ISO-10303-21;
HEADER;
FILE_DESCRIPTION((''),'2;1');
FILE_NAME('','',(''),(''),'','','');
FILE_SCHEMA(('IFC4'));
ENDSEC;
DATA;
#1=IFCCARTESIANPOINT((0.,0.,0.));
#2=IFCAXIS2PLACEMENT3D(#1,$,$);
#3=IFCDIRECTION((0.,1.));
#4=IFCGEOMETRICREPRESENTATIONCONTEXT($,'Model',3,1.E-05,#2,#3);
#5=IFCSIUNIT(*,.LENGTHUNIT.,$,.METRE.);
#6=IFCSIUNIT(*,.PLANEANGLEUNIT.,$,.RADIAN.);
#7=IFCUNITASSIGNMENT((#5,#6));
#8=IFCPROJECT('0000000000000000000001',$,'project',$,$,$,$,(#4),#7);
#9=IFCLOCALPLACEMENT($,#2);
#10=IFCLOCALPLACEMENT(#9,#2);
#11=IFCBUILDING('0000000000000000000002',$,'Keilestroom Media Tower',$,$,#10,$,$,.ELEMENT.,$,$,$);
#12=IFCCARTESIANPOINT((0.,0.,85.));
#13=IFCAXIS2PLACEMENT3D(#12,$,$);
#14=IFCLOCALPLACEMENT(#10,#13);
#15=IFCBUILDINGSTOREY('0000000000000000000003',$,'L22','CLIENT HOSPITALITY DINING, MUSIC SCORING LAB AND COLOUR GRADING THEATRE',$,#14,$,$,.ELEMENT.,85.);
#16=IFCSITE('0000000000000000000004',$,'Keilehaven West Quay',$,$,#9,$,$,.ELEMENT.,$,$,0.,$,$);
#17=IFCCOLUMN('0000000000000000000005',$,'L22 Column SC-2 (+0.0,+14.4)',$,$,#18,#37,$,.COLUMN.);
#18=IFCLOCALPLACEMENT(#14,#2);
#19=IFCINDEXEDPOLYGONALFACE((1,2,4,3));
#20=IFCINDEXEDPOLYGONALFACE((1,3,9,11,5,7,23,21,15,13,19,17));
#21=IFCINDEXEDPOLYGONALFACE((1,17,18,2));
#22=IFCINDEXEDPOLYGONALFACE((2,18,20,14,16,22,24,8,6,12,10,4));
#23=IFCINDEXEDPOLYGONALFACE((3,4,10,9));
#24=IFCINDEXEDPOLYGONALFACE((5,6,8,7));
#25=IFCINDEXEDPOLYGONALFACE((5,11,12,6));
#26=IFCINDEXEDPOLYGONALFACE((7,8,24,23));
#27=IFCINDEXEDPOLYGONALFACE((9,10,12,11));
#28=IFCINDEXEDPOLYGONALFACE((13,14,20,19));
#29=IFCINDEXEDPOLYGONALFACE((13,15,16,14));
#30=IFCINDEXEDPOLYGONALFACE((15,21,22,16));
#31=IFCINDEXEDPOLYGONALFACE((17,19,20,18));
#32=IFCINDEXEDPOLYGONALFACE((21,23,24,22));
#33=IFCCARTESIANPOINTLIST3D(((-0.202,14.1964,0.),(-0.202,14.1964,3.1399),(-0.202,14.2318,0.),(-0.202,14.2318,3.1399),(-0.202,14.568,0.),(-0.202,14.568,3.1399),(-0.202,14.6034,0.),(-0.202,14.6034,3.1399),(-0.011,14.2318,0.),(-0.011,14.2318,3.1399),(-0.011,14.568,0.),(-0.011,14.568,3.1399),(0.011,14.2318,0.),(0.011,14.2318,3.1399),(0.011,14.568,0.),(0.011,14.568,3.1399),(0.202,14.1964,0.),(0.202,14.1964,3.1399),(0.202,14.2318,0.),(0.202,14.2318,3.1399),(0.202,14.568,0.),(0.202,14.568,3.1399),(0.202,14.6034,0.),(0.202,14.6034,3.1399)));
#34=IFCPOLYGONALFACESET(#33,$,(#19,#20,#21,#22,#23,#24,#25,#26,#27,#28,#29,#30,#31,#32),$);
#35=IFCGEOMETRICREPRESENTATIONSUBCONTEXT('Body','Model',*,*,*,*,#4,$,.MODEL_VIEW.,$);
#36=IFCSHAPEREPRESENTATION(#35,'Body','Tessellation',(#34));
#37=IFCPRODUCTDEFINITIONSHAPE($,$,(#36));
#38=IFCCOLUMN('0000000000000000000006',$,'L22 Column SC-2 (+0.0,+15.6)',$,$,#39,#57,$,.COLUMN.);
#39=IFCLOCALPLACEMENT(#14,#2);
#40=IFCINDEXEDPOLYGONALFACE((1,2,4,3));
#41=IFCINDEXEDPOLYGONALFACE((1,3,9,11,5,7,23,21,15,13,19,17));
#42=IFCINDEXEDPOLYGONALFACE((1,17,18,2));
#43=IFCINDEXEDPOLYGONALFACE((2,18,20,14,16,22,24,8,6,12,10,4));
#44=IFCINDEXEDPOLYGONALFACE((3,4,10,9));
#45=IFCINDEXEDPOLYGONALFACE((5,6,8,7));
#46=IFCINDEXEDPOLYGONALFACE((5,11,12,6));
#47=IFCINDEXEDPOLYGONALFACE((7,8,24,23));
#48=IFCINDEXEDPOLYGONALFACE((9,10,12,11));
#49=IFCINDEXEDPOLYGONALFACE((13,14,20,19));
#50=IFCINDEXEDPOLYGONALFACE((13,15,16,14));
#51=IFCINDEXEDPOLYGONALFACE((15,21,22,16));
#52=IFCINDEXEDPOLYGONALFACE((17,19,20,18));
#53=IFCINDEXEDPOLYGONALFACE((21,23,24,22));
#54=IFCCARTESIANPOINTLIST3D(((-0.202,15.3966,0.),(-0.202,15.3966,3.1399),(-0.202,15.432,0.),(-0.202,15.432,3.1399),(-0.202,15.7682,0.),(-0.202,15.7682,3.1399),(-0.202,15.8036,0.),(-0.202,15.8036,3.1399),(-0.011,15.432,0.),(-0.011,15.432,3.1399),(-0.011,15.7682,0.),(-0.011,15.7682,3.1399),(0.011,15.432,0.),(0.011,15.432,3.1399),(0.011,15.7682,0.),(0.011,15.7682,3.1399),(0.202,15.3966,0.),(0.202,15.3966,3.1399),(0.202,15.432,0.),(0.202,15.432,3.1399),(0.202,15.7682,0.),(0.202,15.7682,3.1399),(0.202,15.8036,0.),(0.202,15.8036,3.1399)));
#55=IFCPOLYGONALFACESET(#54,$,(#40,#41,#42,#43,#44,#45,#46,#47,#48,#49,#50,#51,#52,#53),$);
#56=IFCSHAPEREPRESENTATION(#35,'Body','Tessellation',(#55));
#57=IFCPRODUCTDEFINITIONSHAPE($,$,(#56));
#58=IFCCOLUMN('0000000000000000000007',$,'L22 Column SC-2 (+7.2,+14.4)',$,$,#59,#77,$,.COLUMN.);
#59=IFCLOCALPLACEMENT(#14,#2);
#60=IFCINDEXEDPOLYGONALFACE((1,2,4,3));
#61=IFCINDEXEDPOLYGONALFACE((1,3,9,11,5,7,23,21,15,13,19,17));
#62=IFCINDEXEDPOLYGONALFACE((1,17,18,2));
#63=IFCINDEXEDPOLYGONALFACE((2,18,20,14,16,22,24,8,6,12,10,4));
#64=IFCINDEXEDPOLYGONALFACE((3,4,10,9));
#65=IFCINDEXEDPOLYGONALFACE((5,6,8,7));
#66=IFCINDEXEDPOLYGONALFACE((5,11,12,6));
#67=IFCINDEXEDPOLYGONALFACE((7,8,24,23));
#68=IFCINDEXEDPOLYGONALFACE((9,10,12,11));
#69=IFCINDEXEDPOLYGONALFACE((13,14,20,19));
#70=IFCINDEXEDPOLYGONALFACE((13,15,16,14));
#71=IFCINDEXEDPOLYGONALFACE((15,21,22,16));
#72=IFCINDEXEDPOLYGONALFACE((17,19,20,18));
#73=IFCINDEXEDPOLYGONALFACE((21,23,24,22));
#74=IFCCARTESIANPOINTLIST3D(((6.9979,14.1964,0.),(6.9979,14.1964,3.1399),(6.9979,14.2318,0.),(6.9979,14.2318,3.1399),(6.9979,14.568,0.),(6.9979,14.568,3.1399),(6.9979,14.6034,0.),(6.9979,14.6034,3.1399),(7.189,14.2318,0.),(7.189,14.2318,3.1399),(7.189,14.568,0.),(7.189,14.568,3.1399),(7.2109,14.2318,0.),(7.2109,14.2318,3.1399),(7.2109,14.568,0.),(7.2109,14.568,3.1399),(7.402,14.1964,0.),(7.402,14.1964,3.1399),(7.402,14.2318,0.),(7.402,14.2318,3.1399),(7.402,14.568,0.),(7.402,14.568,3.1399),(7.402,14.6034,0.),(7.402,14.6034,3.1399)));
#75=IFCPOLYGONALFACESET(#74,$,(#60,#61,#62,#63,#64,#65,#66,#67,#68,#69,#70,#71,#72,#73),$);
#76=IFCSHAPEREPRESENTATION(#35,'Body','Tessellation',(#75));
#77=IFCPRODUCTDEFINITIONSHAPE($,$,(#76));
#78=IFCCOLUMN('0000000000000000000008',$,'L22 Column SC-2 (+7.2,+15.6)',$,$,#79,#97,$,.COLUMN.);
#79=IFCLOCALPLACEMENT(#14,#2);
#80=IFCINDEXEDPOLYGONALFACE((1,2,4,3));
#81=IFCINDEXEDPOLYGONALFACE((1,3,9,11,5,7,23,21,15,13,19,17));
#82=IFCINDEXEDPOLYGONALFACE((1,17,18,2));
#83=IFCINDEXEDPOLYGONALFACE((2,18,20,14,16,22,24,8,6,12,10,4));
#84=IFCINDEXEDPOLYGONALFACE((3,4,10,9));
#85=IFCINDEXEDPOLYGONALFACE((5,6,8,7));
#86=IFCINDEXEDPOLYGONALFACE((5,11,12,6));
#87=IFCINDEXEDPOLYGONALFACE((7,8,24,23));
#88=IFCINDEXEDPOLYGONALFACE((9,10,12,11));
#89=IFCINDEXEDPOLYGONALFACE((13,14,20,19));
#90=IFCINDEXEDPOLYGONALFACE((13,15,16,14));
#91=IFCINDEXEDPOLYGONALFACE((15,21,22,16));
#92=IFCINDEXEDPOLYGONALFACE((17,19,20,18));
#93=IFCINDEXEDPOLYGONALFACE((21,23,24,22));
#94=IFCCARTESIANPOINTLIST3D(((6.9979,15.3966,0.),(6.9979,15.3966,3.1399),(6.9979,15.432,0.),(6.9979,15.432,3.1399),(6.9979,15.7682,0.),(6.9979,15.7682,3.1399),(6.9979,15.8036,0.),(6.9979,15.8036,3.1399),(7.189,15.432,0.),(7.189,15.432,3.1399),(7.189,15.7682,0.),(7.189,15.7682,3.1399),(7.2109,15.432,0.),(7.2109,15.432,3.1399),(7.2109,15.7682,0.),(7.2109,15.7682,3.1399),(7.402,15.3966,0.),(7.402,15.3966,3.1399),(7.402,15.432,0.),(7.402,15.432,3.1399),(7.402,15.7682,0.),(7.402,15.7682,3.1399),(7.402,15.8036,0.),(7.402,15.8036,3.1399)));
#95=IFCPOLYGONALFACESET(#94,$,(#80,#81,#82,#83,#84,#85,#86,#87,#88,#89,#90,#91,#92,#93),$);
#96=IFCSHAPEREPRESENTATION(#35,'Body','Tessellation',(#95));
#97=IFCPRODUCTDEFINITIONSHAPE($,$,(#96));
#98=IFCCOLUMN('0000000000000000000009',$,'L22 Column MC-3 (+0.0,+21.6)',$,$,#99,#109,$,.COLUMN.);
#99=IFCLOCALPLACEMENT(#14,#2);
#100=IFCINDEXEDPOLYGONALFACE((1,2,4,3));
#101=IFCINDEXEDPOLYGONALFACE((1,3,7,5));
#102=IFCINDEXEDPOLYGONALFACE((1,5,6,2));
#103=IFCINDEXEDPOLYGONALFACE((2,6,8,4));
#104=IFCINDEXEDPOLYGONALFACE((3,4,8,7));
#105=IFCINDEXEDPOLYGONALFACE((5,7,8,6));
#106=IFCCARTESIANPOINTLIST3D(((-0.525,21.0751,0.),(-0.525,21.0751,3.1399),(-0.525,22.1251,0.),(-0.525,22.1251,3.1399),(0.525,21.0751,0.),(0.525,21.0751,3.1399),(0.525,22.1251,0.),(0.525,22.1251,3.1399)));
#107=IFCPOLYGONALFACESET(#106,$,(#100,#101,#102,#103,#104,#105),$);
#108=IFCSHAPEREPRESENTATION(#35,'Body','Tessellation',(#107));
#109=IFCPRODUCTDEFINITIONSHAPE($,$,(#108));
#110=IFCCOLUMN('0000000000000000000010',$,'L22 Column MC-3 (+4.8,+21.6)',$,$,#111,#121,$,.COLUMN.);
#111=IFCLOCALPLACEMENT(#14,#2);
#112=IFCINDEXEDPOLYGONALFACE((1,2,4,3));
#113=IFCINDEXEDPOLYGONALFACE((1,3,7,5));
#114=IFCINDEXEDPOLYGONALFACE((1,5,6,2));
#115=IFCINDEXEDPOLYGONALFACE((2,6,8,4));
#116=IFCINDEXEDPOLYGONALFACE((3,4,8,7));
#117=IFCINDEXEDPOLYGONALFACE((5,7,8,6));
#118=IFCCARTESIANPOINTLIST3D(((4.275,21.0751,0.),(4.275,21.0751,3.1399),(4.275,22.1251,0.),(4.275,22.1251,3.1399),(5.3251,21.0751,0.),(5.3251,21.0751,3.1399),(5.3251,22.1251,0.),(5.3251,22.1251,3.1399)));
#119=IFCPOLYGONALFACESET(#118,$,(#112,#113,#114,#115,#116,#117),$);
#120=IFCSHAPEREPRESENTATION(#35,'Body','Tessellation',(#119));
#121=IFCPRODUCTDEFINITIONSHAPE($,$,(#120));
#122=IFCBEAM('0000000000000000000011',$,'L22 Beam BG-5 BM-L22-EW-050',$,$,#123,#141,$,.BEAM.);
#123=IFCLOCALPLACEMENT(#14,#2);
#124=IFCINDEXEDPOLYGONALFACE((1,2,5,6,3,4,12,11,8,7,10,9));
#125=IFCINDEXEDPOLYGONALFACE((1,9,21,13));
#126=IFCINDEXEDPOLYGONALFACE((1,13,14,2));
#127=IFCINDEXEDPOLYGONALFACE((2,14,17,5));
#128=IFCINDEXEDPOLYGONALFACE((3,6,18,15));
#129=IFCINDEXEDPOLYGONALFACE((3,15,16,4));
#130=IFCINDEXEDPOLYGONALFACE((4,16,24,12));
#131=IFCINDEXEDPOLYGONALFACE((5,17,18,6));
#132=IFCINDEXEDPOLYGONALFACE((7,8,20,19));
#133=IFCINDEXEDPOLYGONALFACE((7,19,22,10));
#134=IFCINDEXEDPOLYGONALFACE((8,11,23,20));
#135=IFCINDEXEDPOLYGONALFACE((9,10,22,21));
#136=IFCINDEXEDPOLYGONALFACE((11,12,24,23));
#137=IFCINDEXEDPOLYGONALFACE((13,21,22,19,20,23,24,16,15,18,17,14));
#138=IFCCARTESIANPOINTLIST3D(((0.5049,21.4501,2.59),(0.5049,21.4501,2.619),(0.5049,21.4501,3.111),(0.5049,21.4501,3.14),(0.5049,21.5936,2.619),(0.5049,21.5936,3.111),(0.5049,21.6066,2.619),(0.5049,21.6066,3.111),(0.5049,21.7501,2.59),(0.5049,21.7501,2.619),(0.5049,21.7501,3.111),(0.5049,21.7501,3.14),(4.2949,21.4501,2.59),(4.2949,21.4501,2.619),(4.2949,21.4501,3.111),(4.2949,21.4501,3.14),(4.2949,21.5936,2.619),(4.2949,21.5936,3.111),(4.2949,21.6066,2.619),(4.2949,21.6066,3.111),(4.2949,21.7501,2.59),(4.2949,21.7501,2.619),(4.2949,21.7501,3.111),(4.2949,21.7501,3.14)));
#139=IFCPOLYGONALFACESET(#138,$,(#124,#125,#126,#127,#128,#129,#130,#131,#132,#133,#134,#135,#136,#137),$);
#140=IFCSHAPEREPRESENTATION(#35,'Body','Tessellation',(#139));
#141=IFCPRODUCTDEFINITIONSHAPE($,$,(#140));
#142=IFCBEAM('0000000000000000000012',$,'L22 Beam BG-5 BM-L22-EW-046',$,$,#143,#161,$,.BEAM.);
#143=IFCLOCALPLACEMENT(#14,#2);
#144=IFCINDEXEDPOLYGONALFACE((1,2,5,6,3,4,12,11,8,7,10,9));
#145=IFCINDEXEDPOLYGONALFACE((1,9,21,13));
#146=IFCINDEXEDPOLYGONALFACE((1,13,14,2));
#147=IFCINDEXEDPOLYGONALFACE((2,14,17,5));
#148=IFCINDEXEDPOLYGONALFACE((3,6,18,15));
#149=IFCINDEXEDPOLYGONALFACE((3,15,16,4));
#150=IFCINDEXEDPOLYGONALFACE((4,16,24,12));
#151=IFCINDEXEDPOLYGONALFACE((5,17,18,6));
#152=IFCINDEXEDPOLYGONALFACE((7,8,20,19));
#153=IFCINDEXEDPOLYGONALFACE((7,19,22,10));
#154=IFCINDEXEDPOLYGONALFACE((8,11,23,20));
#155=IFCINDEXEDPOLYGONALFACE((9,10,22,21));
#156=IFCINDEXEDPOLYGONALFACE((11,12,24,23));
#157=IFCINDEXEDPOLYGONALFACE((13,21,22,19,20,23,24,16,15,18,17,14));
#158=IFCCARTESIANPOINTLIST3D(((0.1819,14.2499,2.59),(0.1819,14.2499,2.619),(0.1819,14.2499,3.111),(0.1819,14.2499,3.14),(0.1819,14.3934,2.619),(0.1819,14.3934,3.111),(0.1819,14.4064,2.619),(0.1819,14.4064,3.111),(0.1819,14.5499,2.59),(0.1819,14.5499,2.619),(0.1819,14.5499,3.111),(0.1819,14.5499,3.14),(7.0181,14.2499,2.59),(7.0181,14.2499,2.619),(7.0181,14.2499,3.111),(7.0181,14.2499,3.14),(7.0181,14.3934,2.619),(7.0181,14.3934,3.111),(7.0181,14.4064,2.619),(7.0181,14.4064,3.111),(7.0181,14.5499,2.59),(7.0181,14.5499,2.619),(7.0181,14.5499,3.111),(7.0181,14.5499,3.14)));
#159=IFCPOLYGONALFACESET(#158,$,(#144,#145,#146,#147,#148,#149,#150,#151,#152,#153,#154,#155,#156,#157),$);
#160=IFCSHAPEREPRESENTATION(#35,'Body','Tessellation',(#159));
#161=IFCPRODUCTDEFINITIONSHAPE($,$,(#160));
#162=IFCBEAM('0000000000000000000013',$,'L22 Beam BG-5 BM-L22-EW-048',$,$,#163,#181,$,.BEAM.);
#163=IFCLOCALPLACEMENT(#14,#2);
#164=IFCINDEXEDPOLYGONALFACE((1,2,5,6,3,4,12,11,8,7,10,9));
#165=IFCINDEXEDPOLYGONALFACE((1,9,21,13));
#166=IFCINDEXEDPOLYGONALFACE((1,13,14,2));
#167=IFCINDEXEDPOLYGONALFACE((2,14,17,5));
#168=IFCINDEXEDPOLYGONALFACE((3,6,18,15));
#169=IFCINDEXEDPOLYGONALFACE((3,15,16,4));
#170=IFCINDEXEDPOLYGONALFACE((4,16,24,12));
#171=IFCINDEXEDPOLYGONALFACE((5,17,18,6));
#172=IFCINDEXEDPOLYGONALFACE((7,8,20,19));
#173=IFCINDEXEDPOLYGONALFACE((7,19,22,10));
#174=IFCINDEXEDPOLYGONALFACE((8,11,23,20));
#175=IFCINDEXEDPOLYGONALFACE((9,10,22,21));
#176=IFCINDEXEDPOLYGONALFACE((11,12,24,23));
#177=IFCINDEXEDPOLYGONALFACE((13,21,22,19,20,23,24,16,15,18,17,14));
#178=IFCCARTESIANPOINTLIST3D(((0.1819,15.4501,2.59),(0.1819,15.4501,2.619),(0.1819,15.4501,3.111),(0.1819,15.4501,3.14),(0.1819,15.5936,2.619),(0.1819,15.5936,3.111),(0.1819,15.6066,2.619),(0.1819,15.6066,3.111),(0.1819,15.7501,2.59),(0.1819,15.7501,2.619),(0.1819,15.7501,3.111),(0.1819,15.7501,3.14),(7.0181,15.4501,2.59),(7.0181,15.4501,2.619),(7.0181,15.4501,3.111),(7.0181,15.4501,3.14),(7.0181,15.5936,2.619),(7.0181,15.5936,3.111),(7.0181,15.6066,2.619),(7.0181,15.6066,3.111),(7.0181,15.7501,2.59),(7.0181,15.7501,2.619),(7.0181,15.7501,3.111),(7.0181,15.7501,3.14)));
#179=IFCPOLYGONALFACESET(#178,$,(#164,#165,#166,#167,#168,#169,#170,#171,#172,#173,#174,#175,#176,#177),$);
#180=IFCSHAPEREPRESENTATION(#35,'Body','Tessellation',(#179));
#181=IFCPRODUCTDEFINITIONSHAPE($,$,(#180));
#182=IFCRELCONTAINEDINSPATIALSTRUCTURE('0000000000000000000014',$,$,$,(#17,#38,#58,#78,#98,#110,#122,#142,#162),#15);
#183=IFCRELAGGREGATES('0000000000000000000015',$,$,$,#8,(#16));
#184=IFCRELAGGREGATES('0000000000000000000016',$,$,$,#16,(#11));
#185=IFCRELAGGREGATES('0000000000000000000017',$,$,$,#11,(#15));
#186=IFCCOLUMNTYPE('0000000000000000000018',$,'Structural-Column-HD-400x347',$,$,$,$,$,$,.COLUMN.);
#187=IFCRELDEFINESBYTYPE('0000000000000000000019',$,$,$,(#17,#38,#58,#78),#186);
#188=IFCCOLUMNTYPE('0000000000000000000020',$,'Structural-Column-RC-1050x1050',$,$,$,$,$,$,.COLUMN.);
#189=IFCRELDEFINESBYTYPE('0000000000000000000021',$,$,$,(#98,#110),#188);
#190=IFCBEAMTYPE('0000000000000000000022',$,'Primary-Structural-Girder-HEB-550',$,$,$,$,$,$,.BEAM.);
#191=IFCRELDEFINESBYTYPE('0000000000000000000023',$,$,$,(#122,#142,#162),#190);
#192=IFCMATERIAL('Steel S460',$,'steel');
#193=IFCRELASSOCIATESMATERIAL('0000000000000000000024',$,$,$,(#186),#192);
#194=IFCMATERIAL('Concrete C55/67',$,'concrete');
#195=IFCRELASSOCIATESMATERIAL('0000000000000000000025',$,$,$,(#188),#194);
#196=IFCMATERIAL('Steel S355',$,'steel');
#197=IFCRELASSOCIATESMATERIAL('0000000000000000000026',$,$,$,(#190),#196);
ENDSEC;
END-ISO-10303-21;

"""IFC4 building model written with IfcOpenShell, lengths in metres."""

from ifc_helpers import new_model, si_unit, direction, frame, origin, origin_2d, place, context, subcontext, project, spatial, rectangle, i_section, extrude, source, transform, mapped, material, material_profile, profile_set, type_object, element, save


model = new_model("IFC4")

# Units and contexts
model_context = context("Model", 3, precision=1e-05, world=origin(), true_north=direction((0.0, 1.0)))
body_context = subcontext(model_context, "Body", "Model", "MODEL_VIEW")
ifc_project = project(units=[si_unit("LENGTHUNIT", "METRE"), si_unit("PLANEANGLEUNIT", "RADIAN")], contexts=[model_context])

# Site, building, storey
site_placement = place(None, origin())
site = spatial("IfcSite", under=ifc_project, at=site_placement, Name="Keilehaven West Quay", CompositionType="ELEMENT", RefElevation=0.0)
building_placement = place(site_placement, origin())
building = spatial("IfcBuilding", under=site, at=building_placement, Name="Keilestroom Media Tower", CompositionType="ELEMENT")
storey_placement = place(building_placement, frame((0.0, 0.0, 85.0)))
storey = spatial("IfcBuildingStorey", under=building, at=storey_placement, Name="L22", Description="CLIENT HOSPITALITY DINING, MUSIC SCORING LAB AND COLOUR GRADING THEATRE", CompositionType="ELEMENT", Elevation=85.0)

# Columns
ifc_material_1 = material(Name="Steel S460", Category="steel")
ifc_material_profile_1 = material_profile(ifc_material_1, i_section(OverallWidth=0.4041, OverallDepth=0.407, WebThickness=0.022, FlangeThickness=0.0354, at=origin_2d()), Name="HD 400x347")
ifc_profile_set_1 = profile_set([ifc_material_profile_1], Name="Steel S460")
column_type_1 = type_object("IfcColumnType", Name="Structural-Column-HD-400x347", PredefinedType="COLUMN", material=ifc_profile_set_1)
shared_shape_1 = source(origin(), body_context, "Body", "SweptSolid", [
    extrude(i_section(OverallWidth=0.4041, OverallDepth=0.407, WebThickness=0.022, FlangeThickness=0.0354, at=origin_2d()), origin(), (0.0, 0.0, 1.0), 3.1399),
])
for number, where, z_axis, x_axis, name in (
    (1, (0.0, 14.3999, 0.0), (0.0, 0.0, 1.0), (1.0, 0.0, 0.0), "L22 Column SC-2 (+0.0,+14.4)"),
    (2, (0.0, 15.6001, 0.0), (0.0, 0.0, 1.0), (1.0, 0.0, 0.0), "L22 Column SC-2 (+0.0,+15.6)"),
    (3, (7.2, 14.3999, 0.0), (0.0, 0.0, 1.0), (1.0, 0.0, 0.0), "L22 Column SC-2 (+7.2,+14.4)"),
    (4, (7.2, 15.6001, 0.0), (0.0, 0.0, 1.0), (1.0, 0.0, 0.0), "L22 Column SC-2 (+7.2,+15.6)"),
):
    element("IfcColumn", number, at=place(storey_placement, frame(where, z_axis=z_axis, x_axis=x_axis)), inside=storey, type_object=column_type_1, Name=name, PredefinedType="COLUMN", context=body_context, shape_type="MappedRepresentation", body=[
        mapped(shared_shape_1, transform((0.0, 0.0, 0.0), x_axis=(1.0, 0.0, 0.0), y_axis=(0.0, 1.0, 0.0), z_axis=(0.0, 0.0, 1.0), scale=1.0)),
    ])
ifc_material_2 = material(Name="Concrete C55/67", Category="concrete")
ifc_material_profile_2 = material_profile(ifc_material_2, rectangle(XDim=1.05, YDim=1.05, at=origin_2d()), Name="RC 1050x1050")
ifc_profile_set_2 = profile_set([ifc_material_profile_2], Name="Concrete C55/67")
column_type_2 = type_object("IfcColumnType", Name="Structural-Column-RC-1050x1050", PredefinedType="COLUMN", material=ifc_profile_set_2)
shared_shape_2 = source(origin(), body_context, "Body", "SweptSolid", [
    extrude(rectangle(XDim=1.05, YDim=1.05, at=origin_2d()), origin(), (0.0, 0.0, 1.0), 3.1399),
])
for number, where, z_axis, x_axis, name in (
    (5, (0.0, 21.6001, 0.0), (0.0, 0.0, 1.0), (1.0, 0.0, 0.0), "L22 Column MC-3 (+0.0,+21.6)"),
    (6, (4.8, 21.6001, 0.0), (0.0, 0.0, 1.0), (1.0, 0.0, 0.0), "L22 Column MC-3 (+4.8,+21.6)"),
):
    element("IfcColumn", number, at=place(storey_placement, frame(where, z_axis=z_axis, x_axis=x_axis)), inside=storey, type_object=column_type_2, Name=name, PredefinedType="COLUMN", context=body_context, shape_type="MappedRepresentation", body=[
        mapped(shared_shape_2, transform((0.0, 0.0, 0.0), x_axis=(1.0, 0.0, 0.0), y_axis=(0.0, 1.0, 0.0), z_axis=(0.0, 0.0, 1.0), scale=1.0)),
    ])

# Beams
ifc_material_3 = material(Name="Steel S355", Category="steel")
ifc_material_profile_3 = material_profile(ifc_material_3, i_section(OverallWidth=0.3, OverallDepth=0.55, WebThickness=0.0129, FlangeThickness=0.0291, at=origin_2d()), Name="HEB 550")
ifc_profile_set_3 = profile_set([ifc_material_profile_3], Name="Steel S355")
beam_type_1 = type_object("IfcBeamType", Name="Primary-Structural-Girder-HEB-550", PredefinedType="BEAM", material=ifc_profile_set_3)
shared_shape_3 = source(origin(), body_context, "Body", "SweptSolid", [
    extrude(i_section(OverallWidth=0.3, OverallDepth=0.55, WebThickness=0.0129, FlangeThickness=0.0291, at=origin_2d()), origin(), (0.0, 0.0, 1.0), 3.79),
])
beam_1_placement = place(storey_placement, frame((0.5049, 21.6001, 2.865), z_axis=(1.0, 0.0, 0.0), x_axis=(0.0, 1.0, 0.0)))
element("IfcBeam", 7, at=beam_1_placement, inside=storey, type_object=beam_type_1, Name="L22 Beam BG-5 BM-L22-EW-050", PredefinedType="BEAM", context=body_context, shape_type="MappedRepresentation", body=[
    mapped(shared_shape_3, transform((0.0, 0.0, 0.0), x_axis=(1.0, 0.0, 0.0), y_axis=(0.0, 1.0, 0.0), z_axis=(0.0, 0.0, 1.0), scale=1.0)),
])
shared_shape_4 = source(origin(), body_context, "Body", "SweptSolid", [
    extrude(i_section(OverallWidth=0.3, OverallDepth=0.55, WebThickness=0.0129, FlangeThickness=0.0291, at=origin_2d()), origin(), (0.0, 0.0, 1.0), 6.8362),
])
for number, where, z_axis, x_axis, name in (
    (8, (0.1819, 14.3999, 2.865), (1.0, 0.0, 0.0), (0.0, 1.0, 0.0), "L22 Beam BG-5 BM-L22-EW-046"),
    (9, (0.1819, 15.6001, 2.865), (1.0, 0.0, 0.0), (0.0, 1.0, 0.0), "L22 Beam BG-5 BM-L22-EW-048"),
):
    element("IfcBeam", number, at=place(storey_placement, frame(where, z_axis=z_axis, x_axis=x_axis)), inside=storey, type_object=beam_type_1, Name=name, PredefinedType="BEAM", context=body_context, shape_type="MappedRepresentation", body=[
        mapped(shared_shape_4, transform((0.0, 0.0, 0.0), x_axis=(1.0, 0.0, 0.0), y_axis=(0.0, 1.0, 0.0), z_axis=(0.0, 0.0, 1.0), scale=1.0)),
    ])

save(model, "model.ifc")
